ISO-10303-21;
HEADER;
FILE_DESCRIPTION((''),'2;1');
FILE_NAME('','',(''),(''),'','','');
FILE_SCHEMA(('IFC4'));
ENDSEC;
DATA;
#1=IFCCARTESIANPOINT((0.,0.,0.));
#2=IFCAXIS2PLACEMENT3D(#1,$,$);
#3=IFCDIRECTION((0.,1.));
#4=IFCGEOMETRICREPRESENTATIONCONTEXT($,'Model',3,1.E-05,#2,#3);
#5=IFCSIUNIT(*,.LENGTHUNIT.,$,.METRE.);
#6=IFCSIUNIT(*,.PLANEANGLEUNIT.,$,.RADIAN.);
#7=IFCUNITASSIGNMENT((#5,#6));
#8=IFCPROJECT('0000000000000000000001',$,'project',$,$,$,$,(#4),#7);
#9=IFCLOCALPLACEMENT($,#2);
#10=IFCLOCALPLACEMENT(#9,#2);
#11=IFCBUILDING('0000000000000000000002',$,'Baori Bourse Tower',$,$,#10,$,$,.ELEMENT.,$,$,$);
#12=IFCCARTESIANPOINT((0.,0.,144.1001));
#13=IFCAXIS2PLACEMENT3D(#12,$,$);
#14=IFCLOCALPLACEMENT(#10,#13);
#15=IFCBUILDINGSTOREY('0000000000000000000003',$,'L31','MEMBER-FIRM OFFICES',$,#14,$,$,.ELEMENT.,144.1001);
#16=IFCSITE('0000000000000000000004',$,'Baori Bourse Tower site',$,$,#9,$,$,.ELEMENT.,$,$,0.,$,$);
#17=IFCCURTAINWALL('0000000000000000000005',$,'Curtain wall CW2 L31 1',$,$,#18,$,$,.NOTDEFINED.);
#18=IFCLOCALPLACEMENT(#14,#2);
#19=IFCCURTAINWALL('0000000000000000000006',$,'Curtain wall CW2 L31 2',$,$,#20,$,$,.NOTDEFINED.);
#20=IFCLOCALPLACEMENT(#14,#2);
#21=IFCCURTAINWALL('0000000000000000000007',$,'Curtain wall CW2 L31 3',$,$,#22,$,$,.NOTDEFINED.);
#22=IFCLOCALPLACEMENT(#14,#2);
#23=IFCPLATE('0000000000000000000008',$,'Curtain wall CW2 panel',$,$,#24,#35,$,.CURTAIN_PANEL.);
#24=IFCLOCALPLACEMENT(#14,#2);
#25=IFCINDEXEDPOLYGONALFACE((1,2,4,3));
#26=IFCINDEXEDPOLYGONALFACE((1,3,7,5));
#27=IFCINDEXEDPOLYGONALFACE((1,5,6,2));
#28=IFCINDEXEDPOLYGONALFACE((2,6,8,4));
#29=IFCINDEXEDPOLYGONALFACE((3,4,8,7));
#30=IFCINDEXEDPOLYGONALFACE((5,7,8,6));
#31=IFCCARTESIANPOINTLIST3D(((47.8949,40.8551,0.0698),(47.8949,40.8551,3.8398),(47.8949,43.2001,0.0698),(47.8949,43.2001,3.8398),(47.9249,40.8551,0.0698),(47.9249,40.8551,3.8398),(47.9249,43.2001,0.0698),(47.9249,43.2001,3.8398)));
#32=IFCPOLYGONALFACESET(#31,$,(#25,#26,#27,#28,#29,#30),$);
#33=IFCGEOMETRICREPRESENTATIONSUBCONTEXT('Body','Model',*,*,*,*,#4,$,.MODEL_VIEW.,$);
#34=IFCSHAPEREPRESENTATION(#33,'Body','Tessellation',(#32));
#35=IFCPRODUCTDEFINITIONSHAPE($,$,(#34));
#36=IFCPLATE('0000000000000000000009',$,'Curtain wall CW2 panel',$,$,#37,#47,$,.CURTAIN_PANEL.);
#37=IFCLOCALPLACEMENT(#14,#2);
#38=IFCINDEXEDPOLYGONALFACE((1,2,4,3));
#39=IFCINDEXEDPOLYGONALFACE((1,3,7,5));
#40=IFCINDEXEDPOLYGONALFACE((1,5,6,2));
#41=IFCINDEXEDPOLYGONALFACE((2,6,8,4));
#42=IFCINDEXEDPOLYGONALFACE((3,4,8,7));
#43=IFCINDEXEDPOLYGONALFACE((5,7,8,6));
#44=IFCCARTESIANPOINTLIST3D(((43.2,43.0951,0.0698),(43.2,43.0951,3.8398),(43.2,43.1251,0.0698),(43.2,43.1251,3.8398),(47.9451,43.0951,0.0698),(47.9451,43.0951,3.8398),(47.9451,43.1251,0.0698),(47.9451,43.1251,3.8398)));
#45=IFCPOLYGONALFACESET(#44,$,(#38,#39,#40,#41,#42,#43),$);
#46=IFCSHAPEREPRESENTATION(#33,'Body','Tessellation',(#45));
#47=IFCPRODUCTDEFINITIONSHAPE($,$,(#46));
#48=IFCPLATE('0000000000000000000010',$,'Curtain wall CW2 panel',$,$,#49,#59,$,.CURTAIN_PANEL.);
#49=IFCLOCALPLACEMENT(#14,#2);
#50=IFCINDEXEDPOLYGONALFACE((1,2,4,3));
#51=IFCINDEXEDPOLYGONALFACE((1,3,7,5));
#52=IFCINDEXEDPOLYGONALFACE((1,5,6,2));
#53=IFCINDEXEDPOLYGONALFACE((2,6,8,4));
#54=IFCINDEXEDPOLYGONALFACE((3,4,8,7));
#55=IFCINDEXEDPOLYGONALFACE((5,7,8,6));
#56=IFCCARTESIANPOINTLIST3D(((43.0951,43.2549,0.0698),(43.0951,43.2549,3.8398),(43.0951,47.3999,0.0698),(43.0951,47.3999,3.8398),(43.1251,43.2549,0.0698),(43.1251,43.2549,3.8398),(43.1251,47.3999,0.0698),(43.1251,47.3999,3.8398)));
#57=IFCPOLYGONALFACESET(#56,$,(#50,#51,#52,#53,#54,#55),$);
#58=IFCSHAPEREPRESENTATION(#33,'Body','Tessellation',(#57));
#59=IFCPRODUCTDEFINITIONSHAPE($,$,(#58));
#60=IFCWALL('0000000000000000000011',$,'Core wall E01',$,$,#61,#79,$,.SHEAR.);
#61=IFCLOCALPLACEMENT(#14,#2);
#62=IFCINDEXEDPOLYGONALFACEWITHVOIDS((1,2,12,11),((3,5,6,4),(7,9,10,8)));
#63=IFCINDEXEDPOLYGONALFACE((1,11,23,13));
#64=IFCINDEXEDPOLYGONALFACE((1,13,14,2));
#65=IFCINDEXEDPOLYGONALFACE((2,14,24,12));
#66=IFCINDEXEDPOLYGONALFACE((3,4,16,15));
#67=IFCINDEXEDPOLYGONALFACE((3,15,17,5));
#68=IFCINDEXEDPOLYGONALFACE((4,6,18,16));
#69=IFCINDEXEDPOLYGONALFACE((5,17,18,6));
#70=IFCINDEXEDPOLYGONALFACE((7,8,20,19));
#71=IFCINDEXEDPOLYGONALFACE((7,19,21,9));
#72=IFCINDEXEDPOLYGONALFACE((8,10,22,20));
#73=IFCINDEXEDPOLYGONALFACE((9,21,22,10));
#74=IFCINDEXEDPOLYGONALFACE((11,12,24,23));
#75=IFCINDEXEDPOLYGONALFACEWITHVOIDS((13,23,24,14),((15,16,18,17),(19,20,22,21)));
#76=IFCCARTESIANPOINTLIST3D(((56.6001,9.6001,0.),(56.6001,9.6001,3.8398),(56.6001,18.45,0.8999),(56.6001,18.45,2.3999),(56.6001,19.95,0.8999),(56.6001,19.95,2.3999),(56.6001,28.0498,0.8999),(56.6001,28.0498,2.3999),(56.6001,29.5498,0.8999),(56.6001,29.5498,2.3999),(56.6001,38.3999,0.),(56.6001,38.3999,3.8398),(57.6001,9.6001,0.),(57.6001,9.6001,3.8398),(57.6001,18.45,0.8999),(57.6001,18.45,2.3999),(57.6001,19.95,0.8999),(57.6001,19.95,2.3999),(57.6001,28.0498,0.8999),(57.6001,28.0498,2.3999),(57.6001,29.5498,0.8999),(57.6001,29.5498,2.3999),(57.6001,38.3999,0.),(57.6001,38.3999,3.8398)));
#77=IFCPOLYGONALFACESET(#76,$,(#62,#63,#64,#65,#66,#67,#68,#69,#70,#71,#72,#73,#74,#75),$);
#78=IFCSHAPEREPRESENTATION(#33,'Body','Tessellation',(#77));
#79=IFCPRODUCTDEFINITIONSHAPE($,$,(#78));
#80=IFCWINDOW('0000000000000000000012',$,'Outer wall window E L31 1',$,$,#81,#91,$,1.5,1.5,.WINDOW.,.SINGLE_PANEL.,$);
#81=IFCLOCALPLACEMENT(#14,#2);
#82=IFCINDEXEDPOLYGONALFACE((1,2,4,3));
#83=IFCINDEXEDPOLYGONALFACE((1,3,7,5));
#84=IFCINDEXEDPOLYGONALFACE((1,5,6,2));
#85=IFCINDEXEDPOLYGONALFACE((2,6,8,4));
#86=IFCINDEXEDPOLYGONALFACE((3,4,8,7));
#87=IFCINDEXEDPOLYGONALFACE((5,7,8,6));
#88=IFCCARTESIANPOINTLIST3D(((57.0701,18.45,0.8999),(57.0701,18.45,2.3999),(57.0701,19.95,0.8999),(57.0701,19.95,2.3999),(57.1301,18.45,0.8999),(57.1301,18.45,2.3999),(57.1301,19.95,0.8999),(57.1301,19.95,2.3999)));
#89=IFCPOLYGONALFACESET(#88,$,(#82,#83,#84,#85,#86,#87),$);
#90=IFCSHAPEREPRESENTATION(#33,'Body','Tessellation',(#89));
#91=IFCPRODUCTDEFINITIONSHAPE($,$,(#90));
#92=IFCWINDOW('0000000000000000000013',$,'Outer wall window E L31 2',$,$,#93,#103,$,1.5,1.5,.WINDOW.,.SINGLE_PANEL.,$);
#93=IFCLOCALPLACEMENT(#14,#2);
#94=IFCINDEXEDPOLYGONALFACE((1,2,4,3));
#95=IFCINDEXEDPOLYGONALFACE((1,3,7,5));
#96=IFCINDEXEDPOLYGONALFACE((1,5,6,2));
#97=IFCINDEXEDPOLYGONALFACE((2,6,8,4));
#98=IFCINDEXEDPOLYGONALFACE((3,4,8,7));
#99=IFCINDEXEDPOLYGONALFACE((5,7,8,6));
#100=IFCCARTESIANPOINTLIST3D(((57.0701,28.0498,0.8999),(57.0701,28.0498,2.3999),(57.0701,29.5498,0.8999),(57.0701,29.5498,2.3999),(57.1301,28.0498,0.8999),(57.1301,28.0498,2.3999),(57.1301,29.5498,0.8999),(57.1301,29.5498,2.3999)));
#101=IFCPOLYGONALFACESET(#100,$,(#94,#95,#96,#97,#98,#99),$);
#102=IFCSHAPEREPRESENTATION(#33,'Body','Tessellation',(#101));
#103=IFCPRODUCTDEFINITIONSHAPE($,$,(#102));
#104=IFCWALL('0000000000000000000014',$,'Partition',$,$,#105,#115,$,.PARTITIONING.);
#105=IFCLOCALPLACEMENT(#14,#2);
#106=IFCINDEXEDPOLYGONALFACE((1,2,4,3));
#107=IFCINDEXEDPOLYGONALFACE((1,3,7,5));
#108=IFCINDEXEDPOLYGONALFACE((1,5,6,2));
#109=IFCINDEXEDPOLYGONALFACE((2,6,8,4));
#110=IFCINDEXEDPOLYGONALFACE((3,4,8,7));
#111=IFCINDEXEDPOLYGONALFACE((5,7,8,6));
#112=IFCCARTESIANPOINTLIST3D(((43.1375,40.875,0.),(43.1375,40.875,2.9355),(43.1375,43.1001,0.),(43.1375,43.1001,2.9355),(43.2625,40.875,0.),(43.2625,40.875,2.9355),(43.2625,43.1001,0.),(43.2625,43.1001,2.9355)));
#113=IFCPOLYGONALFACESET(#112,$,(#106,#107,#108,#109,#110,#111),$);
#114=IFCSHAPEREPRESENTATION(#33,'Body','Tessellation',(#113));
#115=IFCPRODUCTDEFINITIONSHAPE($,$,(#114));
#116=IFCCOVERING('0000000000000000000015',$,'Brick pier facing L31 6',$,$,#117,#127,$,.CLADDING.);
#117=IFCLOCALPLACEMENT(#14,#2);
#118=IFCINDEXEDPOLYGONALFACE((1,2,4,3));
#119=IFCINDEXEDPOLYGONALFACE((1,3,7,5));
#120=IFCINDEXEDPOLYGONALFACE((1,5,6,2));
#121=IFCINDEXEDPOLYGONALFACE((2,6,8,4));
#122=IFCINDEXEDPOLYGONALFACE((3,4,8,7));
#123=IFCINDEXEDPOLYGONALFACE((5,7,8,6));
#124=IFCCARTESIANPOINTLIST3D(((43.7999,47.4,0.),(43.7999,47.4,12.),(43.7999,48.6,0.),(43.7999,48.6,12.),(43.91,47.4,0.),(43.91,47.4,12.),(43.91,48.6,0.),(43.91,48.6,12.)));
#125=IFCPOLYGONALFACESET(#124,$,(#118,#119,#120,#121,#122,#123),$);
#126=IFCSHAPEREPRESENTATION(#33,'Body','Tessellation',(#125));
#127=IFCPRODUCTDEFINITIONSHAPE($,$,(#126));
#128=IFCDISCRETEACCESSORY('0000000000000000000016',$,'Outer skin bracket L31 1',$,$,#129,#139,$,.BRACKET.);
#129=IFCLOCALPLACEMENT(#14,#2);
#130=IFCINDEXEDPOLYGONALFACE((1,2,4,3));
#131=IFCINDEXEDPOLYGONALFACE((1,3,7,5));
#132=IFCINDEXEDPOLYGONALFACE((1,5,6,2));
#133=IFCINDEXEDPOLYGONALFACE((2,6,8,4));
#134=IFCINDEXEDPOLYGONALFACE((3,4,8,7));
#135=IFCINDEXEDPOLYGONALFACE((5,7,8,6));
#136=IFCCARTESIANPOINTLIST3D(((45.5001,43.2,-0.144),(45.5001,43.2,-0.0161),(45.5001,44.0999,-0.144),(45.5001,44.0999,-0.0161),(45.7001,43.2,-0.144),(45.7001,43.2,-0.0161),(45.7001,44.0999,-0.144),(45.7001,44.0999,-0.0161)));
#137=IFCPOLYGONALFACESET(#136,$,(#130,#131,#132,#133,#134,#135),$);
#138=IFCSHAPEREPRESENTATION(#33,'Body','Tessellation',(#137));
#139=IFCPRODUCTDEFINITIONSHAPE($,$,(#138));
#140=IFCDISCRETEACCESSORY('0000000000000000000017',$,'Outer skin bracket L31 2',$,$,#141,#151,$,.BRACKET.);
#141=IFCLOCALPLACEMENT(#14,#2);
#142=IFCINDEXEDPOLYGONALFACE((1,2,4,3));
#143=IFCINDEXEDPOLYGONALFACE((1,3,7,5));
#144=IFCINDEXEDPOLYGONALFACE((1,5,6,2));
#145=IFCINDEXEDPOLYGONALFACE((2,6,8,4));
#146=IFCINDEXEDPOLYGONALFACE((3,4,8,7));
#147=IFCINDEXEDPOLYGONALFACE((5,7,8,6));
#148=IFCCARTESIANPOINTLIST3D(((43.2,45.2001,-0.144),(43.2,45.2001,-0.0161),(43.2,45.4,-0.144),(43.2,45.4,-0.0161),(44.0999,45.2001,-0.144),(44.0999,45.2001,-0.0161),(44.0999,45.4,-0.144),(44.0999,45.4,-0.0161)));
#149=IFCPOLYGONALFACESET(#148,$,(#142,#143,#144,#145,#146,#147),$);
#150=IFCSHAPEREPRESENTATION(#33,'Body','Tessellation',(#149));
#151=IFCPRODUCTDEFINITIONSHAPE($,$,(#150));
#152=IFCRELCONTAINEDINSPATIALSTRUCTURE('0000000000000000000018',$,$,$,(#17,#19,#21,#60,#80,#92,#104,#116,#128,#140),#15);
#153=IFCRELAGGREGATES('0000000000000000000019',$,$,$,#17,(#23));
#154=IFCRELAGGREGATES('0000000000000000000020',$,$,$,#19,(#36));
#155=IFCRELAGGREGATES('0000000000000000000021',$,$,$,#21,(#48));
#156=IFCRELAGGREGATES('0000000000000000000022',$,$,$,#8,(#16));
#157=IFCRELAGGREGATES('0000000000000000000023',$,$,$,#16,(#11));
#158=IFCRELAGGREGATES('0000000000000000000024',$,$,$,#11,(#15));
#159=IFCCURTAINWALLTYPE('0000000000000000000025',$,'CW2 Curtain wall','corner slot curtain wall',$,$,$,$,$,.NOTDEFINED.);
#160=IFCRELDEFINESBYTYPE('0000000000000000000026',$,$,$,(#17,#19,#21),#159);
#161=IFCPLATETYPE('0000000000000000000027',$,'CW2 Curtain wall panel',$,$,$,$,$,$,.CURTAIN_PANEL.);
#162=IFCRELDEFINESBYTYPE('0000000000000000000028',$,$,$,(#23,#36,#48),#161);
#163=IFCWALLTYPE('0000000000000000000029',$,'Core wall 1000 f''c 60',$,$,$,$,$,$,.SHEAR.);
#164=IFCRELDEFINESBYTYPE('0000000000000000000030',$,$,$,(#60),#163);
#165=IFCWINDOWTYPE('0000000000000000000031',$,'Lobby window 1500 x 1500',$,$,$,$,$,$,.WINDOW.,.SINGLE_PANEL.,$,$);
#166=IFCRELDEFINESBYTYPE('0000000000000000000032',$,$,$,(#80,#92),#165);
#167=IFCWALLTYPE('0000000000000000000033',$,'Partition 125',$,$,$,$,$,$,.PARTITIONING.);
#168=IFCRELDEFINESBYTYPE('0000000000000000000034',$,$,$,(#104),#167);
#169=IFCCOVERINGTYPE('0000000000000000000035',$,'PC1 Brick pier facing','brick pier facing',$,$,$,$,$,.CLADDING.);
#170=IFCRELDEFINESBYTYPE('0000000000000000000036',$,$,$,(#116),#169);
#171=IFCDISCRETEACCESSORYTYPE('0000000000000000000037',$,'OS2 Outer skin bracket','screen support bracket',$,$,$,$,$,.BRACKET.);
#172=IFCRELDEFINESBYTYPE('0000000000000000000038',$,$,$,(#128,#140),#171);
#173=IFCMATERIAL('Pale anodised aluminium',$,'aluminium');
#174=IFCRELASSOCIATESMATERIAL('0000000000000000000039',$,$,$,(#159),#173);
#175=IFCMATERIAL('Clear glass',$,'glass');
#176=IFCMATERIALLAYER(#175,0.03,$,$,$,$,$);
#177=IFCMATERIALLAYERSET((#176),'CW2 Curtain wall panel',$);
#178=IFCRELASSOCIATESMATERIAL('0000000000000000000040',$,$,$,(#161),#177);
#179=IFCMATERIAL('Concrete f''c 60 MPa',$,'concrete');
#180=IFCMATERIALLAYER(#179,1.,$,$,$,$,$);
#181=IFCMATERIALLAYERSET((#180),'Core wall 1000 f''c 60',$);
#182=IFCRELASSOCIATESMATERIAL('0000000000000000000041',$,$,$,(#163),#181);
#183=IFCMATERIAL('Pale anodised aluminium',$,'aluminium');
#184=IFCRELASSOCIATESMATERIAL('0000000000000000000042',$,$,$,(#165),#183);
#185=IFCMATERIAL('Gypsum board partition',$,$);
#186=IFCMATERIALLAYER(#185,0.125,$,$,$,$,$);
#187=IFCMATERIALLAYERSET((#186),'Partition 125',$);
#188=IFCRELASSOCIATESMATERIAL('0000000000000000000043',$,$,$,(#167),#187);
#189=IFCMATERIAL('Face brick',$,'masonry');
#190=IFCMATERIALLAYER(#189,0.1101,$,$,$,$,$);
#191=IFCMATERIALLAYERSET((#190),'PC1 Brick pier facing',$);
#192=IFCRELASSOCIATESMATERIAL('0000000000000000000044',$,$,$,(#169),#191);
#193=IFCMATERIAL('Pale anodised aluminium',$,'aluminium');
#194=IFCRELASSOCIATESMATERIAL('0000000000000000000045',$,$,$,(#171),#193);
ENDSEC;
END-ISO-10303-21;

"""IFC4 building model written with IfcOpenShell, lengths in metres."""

from ifc_helpers import new_model, si_unit, direction, frame, frame_2d, origin, origin_2d, place, context, subcontext, project, spatial, rectangle, extrude, material, layer, layer_set, type_object, element, fill, aggregate, save


model = new_model("IFC4")

# Units and contexts
model_context = context("Model", 3, precision=1e-05, world=origin(), true_north=direction((0.0, 1.0)))
body_context = subcontext(model_context, "Body", "Model", "MODEL_VIEW")
ifc_project = project(units=[si_unit("LENGTHUNIT", "METRE"), si_unit("PLANEANGLEUNIT", "RADIAN")], contexts=[model_context])

# Site, building, storey
site_placement = place(None, origin())
site = spatial("IfcSite", under=ifc_project, at=site_placement, Name="Baori Bourse Tower site", CompositionType="ELEMENT", RefElevation=0.0)
building_placement = place(site_placement, origin())
building = spatial("IfcBuilding", under=site, at=building_placement, Name="Baori Bourse Tower", CompositionType="ELEMENT")
storey_placement = place(building_placement, frame((0.0, 0.0, 144.1001)))
storey = spatial("IfcBuildingStorey", under=building, at=storey_placement, Name="L31", Description="MEMBER-FIRM OFFICES", CompositionType="ELEMENT", Elevation=144.1001)

# Curtain walls
ifc_material_1 = material(Name="Pale anodised aluminium", Category="aluminium")
curtain_wall_type = type_object("IfcCurtainWallType", Name="CW2 Curtain wall", Description="corner slot curtain wall", PredefinedType="NOTDEFINED", material=ifc_material_1)
curtain_wall_1_placement = place(storey_placement, origin())
curtain_wall_1 = element("IfcCurtainWall", 1, at=curtain_wall_1_placement, inside=storey, type_object=curtain_wall_type, Name="Curtain wall CW2 L31 1", PredefinedType="NOTDEFINED")
curtain_wall_2_placement = place(storey_placement, origin())
curtain_wall_2 = element("IfcCurtainWall", 2, at=curtain_wall_2_placement, inside=storey, type_object=curtain_wall_type, Name="Curtain wall CW2 L31 2", PredefinedType="NOTDEFINED")
curtain_wall_3_placement = place(storey_placement, origin())
curtain_wall_3 = element("IfcCurtainWall", 3, at=curtain_wall_3_placement, inside=storey, type_object=curtain_wall_type, Name="Curtain wall CW2 L31 3", PredefinedType="NOTDEFINED")

# Plates
ifc_material_2 = material(Name="Clear glass", Category="glass")
ifc_layer_1 = layer(ifc_material_2, 0.03)
ifc_layer_set_1 = layer_set([ifc_layer_1], Name="CW2 Curtain wall panel")
plate_type = type_object("IfcPlateType", Name="CW2 Curtain wall panel", PredefinedType="CURTAIN_PANEL", material=ifc_layer_set_1)
plate_1_placement = place(storey_placement, frame((47.9099, 42.0276, 0.0698), z_axis=(0.0, 0.0, 1.0), x_axis=(0.0, 1.0, 0.0)))
plate_1 = element("IfcPlate", 4, at=plate_1_placement, type_object=plate_type, Name="Curtain wall CW2 panel", PredefinedType="CURTAIN_PANEL", context=body_context, shape_type="SweptSolid", body=[
    extrude(rectangle(XDim=2.345, YDim=0.03, at=origin_2d()), origin(), (0.0, 0.0, 1.0), 3.77),
])
aggregate(curtain_wall_1, [plate_1])
plate_2_placement = place(storey_placement, frame((45.5725, 43.1101, 0.0698), z_axis=(0.0, 0.0, 1.0), x_axis=(-1.0, 0.0, 0.0)))
plate_2 = element("IfcPlate", 5, at=plate_2_placement, type_object=plate_type, Name="Curtain wall CW2 panel", PredefinedType="CURTAIN_PANEL", context=body_context, shape_type="SweptSolid", body=[
    extrude(rectangle(XDim=4.7451, YDim=0.03, at=origin_2d()), origin(), (0.0, 0.0, 1.0), 3.77),
])
aggregate(curtain_wall_2, [plate_2])
plate_3_placement = place(storey_placement, frame((43.1101, 45.3274, 0.0698), z_axis=(0.0, 0.0, 1.0), x_axis=(0.0, 1.0, 0.0)))
plate_3 = element("IfcPlate", 6, at=plate_3_placement, type_object=plate_type, Name="Curtain wall CW2 panel", PredefinedType="CURTAIN_PANEL", context=body_context, shape_type="SweptSolid", body=[
    extrude(rectangle(XDim=4.145, YDim=0.03, at=origin_2d()), origin(), (0.0, 0.0, 1.0), 3.77),
])
aggregate(curtain_wall_3, [plate_3])

# Wall, openings, windows
ifc_material_3 = material(Name="Concrete f'c 60 MPa", Category="concrete")
ifc_layer_2 = layer(ifc_material_3, 1.0)
ifc_layer_set_2 = layer_set([ifc_layer_2], Name="Core wall 1000 f'c 60")
wall_type_1 = type_object("IfcWallType", Name="Core wall 1000 f'c 60", PredefinedType="SHEAR", material=ifc_layer_set_2)
wall_1_placement = place(storey_placement, frame((57.1001, 38.3999, 0.0), z_axis=(0.0, 0.0, 1.0), x_axis=(0.0, -1.0, 0.0)))
wall_1 = element("IfcWall", 7, at=wall_1_placement, inside=storey, type_object=wall_type_1, Name="Core wall E01", PredefinedType="SHEAR", context=body_context, shape_type="SweptSolid", body=[
    extrude(rectangle(XDim=28.7998, YDim=1.0, at=frame_2d((14.3999, 0.0))), origin(), (0.0, 0.0, 1.0), 3.8398),
])
opening_1_placement = place(wall_1_placement, frame((18.45, 0.0, 0.8999)))
opening_1 = element("IfcOpeningElement", 8, at=opening_1_placement, cuts=wall_1, PredefinedType="OPENING", context=body_context, shape_type="SweptSolid", body=[
    extrude(rectangle(XDim=1.5, YDim=1.5, at=frame_2d((0.75, 0.75))), frame((0.0, 0.51, 0.0), z_axis=(0.0, -1.0, 0.0), x_axis=(1.0, 0.0, 0.0)), (0.0, 0.0, 1.0), 1.02),
])
opening_2_placement = place(wall_1_placement, frame((8.8501, 0.0, 0.8999)))
opening_2 = element("IfcOpeningElement", 9, at=opening_2_placement, cuts=wall_1, PredefinedType="OPENING", context=body_context, shape_type="SweptSolid", body=[
    extrude(rectangle(XDim=1.5, YDim=1.5, at=frame_2d((0.75, 0.75))), frame((0.0, 0.51, 0.0), z_axis=(0.0, -1.0, 0.0), x_axis=(1.0, 0.0, 0.0)), (0.0, 0.0, 1.0), 1.02),
])
ifc_material_4 = material(Name="Pale anodised aluminium", Category="aluminium")
window_type = type_object("IfcWindowType", Name="Lobby window 1500 x 1500", PartitioningType="SINGLE_PANEL", PredefinedType="WINDOW", material=ifc_material_4)
window_1_placement = place(opening_1_placement, origin())
window_1 = element("IfcWindow", 10, at=window_1_placement, inside=storey, type_object=window_type, Name="Outer wall window E L31 1", OverallHeight=1.5, OverallWidth=1.5, PartitioningType="SINGLE_PANEL", PredefinedType="WINDOW", context=body_context, shape_type="SweptSolid", body=[
    extrude(rectangle(XDim=1.5, YDim=1.5, at=frame_2d((0.75, 0.75))), frame((0.0, 0.03, 0.0), z_axis=(0.0, -1.0, 0.0), x_axis=(1.0, 0.0, 0.0)), (0.0, 0.0, 1.0), 0.0601),
])
fill(opening_1, window_1)
window_2_placement = place(opening_2_placement, origin())
window_2 = element("IfcWindow", 11, at=window_2_placement, inside=storey, type_object=window_type, Name="Outer wall window E L31 2", OverallHeight=1.5, OverallWidth=1.5, PartitioningType="SINGLE_PANEL", PredefinedType="WINDOW", context=body_context, shape_type="SweptSolid", body=[
    extrude(rectangle(XDim=1.5, YDim=1.5, at=frame_2d((0.75, 0.75))), frame((0.0, 0.03, 0.0), z_axis=(0.0, -1.0, 0.0), x_axis=(1.0, 0.0, 0.0)), (0.0, 0.0, 1.0), 0.0601),
])
fill(opening_2, window_2)

# Wall
ifc_material_5 = material(Name="Gypsum board partition")
ifc_layer_3 = layer(ifc_material_5, 0.125)
ifc_layer_set_3 = layer_set([ifc_layer_3], Name="Partition 125")
wall_type_2 = type_object("IfcWallType", Name="Partition 125", PredefinedType="PARTITIONING", material=ifc_layer_set_3)
wall_2_placement = place(storey_placement, frame((43.2, 40.875, 0.0), z_axis=(0.0, 0.0, 1.0), x_axis=(0.0, 1.0, 0.0)))
element("IfcWall", 12, at=wall_2_placement, inside=storey, type_object=wall_type_2, Name="Partition", PredefinedType="PARTITIONING", context=body_context, shape_type="SweptSolid", body=[
    extrude(rectangle(XDim=2.2251, YDim=0.125, at=frame_2d((1.1125, 0.0))), origin(), (0.0, 0.0, 1.0), 2.9355),
])

# Covering
ifc_material_6 = material(Name="Face brick", Category="masonry")
ifc_layer_4 = layer(ifc_material_6, 0.1101)
ifc_layer_set_4 = layer_set([ifc_layer_4], Name="PC1 Brick pier facing")
covering_type = type_object("IfcCoveringType", Name="PC1 Brick pier facing", Description="brick pier facing", PredefinedType="CLADDING", material=ifc_layer_set_4)
covering_placement = place(storey_placement, frame((43.855, 48.0, 0.0), z_axis=(0.0, 0.0, 1.0), x_axis=(1.0, 0.0, 0.0)))
element("IfcCovering", 13, at=covering_placement, inside=storey, type_object=covering_type, Name="Brick pier facing L31 6", PredefinedType="CLADDING", context=body_context, shape_type="SweptSolid", body=[
    extrude(rectangle(XDim=0.1101, YDim=1.2, at=origin_2d()), origin(), (0.0, 0.0, 1.0), 12.0),
])

# Discrete accessories
ifc_material_7 = material(Name="Pale anodised aluminium", Category="aluminium")
discrete_accessory_type = type_object("IfcDiscreteAccessoryType", Name="OS2 Outer skin bracket", Description="screen support bracket", PredefinedType="BRACKET", material=ifc_material_7)
for number, where, z_axis, x_axis, name in (
    (14, (45.6001, 43.6499, -0.144), (0.0, 0.0, 1.0), (-1.0, 0.0, 0.0), "Outer skin bracket L31 1"),
    (15, (43.6499, 45.3, -0.144), (0.0, 0.0, 1.0), (0.0, 1.0, 0.0), "Outer skin bracket L31 2"),
):
    element("IfcDiscreteAccessory", number, at=place(storey_placement, frame(where, z_axis=z_axis, x_axis=x_axis)), inside=storey, type_object=discrete_accessory_type, Name=name, PredefinedType="BRACKET", context=body_context, shape_type="SweptSolid", body=[
        extrude(rectangle(XDim=0.2, YDim=0.8999, at=origin_2d()), origin(), (0.0, 0.0, 1.0), 0.1279),
    ])

save(model, "model.ifc")
